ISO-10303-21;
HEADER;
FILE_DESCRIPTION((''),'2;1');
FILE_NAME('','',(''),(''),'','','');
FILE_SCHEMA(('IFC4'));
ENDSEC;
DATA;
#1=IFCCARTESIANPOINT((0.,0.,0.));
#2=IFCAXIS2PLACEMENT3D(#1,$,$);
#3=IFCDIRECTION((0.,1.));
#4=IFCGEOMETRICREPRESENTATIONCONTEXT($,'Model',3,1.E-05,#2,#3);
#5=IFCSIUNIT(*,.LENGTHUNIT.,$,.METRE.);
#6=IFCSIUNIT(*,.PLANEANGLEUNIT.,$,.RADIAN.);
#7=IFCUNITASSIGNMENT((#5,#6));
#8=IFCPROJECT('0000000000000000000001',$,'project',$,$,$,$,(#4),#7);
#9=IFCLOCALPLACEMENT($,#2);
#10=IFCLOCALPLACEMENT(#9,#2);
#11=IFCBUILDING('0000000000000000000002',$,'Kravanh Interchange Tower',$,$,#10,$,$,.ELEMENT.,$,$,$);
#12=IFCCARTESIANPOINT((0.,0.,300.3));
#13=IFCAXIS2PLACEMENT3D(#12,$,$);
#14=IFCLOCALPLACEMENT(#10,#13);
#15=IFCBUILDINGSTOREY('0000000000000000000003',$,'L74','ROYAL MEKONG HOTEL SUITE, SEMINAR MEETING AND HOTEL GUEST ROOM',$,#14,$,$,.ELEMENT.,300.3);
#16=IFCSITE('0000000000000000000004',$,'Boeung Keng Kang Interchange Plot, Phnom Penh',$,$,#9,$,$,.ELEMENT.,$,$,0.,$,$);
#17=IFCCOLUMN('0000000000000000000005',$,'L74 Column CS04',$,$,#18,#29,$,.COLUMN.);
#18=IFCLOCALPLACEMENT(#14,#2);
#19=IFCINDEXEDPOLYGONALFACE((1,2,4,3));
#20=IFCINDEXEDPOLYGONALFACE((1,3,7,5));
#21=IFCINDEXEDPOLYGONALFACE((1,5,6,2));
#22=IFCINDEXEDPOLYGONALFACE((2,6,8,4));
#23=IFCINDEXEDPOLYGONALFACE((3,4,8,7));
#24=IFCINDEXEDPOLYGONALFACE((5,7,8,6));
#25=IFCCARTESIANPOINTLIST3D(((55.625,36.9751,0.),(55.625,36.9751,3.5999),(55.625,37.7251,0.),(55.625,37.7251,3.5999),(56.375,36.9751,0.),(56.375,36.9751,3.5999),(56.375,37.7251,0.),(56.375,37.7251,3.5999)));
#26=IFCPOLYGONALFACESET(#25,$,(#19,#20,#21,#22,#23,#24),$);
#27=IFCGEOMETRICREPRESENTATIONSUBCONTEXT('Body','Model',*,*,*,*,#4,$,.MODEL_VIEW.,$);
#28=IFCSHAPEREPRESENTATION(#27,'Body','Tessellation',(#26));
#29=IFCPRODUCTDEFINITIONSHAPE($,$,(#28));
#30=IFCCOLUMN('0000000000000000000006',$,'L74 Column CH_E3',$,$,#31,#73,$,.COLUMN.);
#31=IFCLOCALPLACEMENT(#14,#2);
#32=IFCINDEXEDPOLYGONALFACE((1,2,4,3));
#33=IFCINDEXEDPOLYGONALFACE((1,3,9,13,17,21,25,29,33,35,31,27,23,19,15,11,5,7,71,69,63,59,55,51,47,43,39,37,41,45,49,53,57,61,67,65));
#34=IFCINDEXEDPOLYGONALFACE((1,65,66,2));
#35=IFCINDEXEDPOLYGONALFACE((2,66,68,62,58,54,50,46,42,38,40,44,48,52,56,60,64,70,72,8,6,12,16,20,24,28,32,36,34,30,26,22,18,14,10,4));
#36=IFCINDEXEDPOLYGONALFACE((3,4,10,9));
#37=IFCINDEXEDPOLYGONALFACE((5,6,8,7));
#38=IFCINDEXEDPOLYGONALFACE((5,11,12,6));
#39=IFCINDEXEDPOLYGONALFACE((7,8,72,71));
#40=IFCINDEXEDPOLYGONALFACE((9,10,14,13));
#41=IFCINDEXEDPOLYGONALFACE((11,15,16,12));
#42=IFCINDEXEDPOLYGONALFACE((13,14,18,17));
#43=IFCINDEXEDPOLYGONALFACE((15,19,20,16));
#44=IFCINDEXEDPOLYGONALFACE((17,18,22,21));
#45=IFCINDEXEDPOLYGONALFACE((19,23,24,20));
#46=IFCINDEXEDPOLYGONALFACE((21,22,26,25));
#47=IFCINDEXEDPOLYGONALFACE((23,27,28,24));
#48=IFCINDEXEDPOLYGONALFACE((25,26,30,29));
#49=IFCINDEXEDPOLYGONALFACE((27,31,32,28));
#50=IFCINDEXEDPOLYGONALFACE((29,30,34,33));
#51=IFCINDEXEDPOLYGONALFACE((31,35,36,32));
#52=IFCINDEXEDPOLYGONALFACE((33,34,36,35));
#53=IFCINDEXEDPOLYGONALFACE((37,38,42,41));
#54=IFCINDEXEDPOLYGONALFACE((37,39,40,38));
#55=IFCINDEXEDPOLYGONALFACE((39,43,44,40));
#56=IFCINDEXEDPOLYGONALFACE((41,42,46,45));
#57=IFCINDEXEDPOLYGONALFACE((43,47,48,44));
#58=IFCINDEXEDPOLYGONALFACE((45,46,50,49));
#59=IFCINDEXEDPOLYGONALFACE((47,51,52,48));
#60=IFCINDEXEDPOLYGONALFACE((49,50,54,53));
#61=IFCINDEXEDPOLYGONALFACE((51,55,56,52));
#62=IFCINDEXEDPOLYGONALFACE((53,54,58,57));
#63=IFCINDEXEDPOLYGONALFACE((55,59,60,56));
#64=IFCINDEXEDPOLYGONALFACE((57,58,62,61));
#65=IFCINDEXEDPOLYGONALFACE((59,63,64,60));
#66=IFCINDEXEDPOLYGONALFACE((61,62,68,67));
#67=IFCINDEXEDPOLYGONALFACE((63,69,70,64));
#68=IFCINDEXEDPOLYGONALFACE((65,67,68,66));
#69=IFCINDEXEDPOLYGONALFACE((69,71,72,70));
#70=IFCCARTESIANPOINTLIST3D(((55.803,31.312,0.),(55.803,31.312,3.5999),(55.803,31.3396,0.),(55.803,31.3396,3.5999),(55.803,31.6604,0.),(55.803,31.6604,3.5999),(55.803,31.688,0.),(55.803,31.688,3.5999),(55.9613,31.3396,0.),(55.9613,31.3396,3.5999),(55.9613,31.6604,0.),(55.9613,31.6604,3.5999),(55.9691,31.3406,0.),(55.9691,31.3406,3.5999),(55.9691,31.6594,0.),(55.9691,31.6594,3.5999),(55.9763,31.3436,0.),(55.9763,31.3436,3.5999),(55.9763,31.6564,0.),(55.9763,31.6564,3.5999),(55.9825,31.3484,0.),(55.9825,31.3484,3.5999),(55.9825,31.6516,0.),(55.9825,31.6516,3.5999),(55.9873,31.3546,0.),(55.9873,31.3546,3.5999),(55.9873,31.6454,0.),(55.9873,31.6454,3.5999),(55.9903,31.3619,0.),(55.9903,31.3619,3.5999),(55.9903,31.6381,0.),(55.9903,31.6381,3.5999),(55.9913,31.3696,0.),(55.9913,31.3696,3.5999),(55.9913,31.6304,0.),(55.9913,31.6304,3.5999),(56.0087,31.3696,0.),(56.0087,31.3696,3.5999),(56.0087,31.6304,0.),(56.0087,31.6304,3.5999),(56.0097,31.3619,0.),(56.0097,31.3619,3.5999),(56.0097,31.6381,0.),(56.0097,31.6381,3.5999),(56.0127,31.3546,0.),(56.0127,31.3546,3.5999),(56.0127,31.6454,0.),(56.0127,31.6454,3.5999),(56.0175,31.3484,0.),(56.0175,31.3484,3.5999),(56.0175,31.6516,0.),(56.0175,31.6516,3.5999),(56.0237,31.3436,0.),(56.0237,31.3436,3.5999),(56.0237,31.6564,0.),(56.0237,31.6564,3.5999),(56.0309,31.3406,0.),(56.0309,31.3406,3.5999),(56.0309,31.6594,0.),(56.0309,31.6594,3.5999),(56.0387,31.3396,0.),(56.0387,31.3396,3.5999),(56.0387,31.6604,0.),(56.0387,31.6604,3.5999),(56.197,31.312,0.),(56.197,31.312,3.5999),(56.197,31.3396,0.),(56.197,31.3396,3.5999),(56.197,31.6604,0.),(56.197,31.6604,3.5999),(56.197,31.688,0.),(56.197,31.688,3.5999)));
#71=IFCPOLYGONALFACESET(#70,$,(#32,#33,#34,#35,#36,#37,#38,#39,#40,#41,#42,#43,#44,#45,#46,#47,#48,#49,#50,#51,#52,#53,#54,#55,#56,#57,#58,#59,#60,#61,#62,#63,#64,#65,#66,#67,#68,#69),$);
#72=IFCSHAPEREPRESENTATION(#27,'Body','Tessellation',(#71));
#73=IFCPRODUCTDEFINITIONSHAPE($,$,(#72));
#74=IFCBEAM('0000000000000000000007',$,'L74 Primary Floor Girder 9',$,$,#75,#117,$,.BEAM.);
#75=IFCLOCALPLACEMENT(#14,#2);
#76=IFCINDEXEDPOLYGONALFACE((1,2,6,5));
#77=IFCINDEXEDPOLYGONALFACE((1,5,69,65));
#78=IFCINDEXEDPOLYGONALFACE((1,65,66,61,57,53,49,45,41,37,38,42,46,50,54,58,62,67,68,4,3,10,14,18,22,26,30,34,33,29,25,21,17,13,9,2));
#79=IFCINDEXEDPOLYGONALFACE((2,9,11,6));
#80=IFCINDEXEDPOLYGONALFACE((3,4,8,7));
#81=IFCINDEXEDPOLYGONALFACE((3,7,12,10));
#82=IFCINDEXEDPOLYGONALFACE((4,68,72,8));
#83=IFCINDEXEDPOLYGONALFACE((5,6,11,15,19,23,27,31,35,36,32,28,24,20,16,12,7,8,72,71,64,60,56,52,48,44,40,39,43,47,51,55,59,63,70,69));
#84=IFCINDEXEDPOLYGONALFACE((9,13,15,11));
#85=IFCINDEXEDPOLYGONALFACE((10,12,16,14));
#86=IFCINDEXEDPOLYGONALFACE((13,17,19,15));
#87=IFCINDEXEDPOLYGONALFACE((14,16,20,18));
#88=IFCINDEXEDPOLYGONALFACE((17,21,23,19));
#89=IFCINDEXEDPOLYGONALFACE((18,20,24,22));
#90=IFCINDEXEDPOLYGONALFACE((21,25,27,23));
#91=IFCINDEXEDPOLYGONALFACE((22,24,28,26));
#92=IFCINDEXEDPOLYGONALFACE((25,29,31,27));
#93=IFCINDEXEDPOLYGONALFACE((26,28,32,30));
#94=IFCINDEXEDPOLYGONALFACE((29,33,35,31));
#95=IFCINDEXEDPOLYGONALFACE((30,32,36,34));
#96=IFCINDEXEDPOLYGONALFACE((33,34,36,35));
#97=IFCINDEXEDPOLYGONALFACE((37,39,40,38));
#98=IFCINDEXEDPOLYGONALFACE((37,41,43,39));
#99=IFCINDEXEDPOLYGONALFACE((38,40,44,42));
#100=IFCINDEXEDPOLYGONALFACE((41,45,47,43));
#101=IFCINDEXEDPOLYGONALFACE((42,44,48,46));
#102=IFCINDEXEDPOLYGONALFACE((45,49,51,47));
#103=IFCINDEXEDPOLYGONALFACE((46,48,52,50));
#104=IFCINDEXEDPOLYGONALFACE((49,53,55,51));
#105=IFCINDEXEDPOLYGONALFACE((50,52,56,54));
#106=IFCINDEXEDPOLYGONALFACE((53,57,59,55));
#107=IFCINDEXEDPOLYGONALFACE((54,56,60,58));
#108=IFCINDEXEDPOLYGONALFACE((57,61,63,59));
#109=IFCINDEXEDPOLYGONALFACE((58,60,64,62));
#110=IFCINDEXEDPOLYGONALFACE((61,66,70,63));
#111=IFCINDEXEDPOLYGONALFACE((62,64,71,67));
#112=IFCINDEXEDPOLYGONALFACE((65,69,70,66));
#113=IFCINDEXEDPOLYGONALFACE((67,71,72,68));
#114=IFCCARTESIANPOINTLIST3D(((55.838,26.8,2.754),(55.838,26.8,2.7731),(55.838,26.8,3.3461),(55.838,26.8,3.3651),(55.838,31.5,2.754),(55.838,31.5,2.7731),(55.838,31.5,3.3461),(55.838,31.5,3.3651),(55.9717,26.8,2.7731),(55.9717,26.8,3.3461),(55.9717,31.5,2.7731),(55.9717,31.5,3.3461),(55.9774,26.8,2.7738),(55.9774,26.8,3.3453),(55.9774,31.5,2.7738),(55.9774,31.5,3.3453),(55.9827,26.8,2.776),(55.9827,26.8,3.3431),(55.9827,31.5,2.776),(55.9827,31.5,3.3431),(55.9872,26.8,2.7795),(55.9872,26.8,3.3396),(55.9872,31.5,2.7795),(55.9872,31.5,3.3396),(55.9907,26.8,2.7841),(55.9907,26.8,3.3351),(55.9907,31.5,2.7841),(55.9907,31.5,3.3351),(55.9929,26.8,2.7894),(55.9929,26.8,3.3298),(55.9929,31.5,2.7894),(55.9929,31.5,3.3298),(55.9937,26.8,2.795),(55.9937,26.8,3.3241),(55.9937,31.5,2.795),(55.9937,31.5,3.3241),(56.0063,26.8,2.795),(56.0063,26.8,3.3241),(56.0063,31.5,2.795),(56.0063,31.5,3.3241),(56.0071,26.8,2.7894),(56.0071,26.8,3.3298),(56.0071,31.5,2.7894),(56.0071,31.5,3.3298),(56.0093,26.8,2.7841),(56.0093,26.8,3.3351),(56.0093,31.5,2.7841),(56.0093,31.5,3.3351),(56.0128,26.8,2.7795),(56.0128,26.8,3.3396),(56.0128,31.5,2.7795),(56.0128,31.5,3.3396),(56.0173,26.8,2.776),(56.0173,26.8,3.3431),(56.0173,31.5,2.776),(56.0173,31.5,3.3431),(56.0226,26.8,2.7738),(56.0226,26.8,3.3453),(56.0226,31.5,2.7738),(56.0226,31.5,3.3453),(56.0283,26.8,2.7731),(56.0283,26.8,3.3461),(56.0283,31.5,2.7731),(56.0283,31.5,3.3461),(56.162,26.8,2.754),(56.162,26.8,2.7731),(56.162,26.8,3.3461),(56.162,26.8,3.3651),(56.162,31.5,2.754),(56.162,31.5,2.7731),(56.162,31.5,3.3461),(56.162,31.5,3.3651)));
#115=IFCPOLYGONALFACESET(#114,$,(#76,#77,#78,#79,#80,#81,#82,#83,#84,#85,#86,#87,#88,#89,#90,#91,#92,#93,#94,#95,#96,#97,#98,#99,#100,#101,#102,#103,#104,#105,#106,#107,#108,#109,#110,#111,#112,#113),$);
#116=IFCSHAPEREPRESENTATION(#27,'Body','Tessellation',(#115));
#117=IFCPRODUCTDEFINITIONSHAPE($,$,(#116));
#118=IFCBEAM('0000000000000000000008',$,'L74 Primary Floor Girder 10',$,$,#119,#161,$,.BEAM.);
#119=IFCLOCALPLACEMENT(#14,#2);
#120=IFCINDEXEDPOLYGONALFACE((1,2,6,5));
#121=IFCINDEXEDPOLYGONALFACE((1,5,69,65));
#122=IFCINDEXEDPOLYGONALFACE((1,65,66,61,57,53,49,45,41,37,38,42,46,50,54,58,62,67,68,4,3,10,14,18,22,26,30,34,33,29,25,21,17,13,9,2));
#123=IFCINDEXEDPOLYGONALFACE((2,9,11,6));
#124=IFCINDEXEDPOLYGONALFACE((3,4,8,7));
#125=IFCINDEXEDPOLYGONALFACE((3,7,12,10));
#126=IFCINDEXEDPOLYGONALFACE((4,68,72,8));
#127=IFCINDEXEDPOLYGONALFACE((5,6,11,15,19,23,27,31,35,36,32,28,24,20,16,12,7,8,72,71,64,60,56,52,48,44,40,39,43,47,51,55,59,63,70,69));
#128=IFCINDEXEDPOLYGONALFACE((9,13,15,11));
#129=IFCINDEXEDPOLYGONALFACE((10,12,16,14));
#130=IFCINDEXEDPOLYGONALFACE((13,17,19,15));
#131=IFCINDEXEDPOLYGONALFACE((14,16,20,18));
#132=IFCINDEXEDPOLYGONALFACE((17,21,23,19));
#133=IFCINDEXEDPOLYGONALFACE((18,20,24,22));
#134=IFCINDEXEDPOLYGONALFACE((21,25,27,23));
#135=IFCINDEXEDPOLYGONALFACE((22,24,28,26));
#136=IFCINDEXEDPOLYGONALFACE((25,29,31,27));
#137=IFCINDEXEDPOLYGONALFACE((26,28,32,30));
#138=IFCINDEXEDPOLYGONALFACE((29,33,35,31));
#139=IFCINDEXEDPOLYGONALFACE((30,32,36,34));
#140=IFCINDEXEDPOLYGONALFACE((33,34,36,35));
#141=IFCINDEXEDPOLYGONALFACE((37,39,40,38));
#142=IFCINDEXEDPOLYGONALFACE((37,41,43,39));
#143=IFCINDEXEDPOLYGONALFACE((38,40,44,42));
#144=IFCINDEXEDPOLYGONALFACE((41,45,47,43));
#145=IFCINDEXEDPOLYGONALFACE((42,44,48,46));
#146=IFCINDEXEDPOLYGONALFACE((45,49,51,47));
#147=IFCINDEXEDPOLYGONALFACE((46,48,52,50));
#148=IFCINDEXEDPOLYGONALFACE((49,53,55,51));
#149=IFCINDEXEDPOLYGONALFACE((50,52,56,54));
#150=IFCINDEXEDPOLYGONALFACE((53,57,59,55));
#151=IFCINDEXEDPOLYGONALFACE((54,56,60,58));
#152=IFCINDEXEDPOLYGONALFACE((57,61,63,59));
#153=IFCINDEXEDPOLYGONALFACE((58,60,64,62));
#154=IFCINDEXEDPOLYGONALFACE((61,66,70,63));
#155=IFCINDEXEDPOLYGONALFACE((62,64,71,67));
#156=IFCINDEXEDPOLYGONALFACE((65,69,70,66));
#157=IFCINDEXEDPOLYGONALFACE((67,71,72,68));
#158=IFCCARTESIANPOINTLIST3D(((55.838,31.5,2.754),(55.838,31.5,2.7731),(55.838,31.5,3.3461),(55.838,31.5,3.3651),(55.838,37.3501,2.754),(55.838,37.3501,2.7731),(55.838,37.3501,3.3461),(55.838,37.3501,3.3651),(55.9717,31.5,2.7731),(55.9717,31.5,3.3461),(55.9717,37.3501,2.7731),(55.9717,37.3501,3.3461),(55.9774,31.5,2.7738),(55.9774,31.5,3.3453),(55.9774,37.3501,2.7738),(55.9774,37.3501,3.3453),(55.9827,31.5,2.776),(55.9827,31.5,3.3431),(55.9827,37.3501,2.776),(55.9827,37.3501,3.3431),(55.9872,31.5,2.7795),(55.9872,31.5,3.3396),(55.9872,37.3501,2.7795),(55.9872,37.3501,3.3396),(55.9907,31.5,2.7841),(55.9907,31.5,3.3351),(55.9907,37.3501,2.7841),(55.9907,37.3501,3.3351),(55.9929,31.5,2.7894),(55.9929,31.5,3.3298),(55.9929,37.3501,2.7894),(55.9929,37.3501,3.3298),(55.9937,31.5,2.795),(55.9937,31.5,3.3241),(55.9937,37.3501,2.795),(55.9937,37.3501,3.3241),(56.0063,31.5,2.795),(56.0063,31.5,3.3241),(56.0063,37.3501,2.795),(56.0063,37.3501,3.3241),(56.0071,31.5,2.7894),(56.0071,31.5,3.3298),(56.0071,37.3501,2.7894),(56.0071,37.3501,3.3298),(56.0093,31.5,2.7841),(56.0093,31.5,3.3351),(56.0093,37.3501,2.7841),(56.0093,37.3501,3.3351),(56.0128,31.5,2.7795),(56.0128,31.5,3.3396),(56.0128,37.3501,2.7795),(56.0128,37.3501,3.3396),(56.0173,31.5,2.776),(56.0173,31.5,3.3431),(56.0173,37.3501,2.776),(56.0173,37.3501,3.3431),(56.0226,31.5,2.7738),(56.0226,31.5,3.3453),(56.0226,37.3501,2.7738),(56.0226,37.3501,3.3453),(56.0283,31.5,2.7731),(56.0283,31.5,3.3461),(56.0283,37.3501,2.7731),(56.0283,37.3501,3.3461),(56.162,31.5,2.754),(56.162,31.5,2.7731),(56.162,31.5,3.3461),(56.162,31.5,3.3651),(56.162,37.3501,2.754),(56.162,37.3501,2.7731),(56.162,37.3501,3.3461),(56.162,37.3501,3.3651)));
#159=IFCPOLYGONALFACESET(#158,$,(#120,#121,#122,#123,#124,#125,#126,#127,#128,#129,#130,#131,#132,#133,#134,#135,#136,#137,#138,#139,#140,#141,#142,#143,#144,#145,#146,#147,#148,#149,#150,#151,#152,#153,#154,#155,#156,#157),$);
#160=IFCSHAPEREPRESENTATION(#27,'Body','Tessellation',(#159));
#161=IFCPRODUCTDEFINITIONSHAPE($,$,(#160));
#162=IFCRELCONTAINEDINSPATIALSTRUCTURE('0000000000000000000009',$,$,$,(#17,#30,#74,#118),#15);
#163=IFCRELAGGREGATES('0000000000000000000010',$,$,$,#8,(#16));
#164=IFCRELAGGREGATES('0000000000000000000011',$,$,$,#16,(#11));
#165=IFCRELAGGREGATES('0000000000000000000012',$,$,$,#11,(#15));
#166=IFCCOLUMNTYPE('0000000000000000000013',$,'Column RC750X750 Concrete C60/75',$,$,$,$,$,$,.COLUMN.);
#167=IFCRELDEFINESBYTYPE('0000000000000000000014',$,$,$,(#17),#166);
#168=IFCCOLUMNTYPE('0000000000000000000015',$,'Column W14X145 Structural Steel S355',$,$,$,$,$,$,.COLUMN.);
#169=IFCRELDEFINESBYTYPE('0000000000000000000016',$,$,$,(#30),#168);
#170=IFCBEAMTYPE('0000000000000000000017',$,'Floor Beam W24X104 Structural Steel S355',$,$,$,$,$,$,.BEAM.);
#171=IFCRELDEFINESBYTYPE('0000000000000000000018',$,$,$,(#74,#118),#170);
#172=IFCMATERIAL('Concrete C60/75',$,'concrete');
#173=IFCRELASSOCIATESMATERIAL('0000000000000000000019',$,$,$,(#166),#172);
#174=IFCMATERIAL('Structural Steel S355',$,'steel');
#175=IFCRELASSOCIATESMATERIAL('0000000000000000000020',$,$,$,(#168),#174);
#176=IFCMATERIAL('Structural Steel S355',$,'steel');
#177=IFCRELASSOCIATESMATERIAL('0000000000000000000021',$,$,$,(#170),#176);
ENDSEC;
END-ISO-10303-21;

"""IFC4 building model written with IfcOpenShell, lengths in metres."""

from ifc_helpers import new_model, si_unit, direction, frame, origin, origin_2d, place, context, subcontext, project, spatial, rectangle, i_section, extrude, material, material_profile, profile_set, type_object, element, save


model = new_model("IFC4")

# Units and contexts
model_context = context("Model", 3, precision=1e-05, world=origin(), true_north=direction((0.0, 1.0)))
body_context = subcontext(model_context, "Body", "Model", "MODEL_VIEW")
ifc_project = project(units=[si_unit("LENGTHUNIT", "METRE"), si_unit("PLANEANGLEUNIT", "RADIAN")], contexts=[model_context])

# Site, building, storey
site_placement = place(None, origin())
site = spatial("IfcSite", under=ifc_project, at=site_placement, Name="Boeung Keng Kang Interchange Plot, Phnom Penh", CompositionType="ELEMENT", RefElevation=0.0)
building_placement = place(site_placement, origin())
building = spatial("IfcBuilding", under=site, at=building_placement, Name="Kravanh Interchange Tower", CompositionType="ELEMENT")
storey_placement = place(building_placement, frame((0.0, 0.0, 300.3)))
storey = spatial("IfcBuildingStorey", under=building, at=storey_placement, Name="L74", Description="ROYAL MEKONG HOTEL SUITE, SEMINAR MEETING AND HOTEL GUEST ROOM", CompositionType="ELEMENT", Elevation=300.3)

# Columns
ifc_material_1 = material(Name="Concrete C60/75", Category="concrete")
ifc_material_profile_1 = material_profile(ifc_material_1, rectangle(XDim=0.75, YDim=0.75, at=origin_2d()), Name="RC750X750")
ifc_profile_set_1 = profile_set([ifc_material_profile_1], Name="Concrete C60/75")
column_type_1 = type_object("IfcColumnType", Name="Column RC750X750 Concrete C60/75", PredefinedType="COLUMN", material=ifc_profile_set_1)
column_1_placement = place(storey_placement, frame((56.0, 37.3501, 0.0), z_axis=(0.0, 0.0, 1.0), x_axis=(1.0, 0.0, 0.0)))
element("IfcColumn", 1, at=column_1_placement, inside=storey, type_object=column_type_1, Name="L74 Column CS04", PredefinedType="COLUMN", context=body_context, shape_type="SweptSolid", body=[
    extrude(rectangle(XDim=0.75, YDim=0.75, at=origin_2d()), origin(), (0.0, 0.0, 1.0), 3.5999),
])
ifc_material_2 = material(Name="Structural Steel S355", Category="steel")
ifc_material_profile_2 = material_profile(ifc_material_2, i_section(OverallWidth=0.394, OverallDepth=0.376, WebThickness=0.0173, FlangeThickness=0.0276, FilletRadius=0.03, at=origin_2d()), Name="W14X145")
ifc_profile_set_2 = profile_set([ifc_material_profile_2], Name="Structural Steel S355")
column_type_2 = type_object("IfcColumnType", Name="Column W14X145 Structural Steel S355", PredefinedType="COLUMN", material=ifc_profile_set_2)
column_2_placement = place(storey_placement, frame((56.0, 31.5, 0.0), z_axis=(0.0, 0.0, 1.0), x_axis=(1.0, 0.0, 0.0)))
element("IfcColumn", 2, at=column_2_placement, inside=storey, type_object=column_type_2, Name="L74 Column CH_E3", PredefinedType="COLUMN", context=body_context, shape_type="SweptSolid", body=[
    extrude(i_section(OverallWidth=0.394, OverallDepth=0.376, WebThickness=0.0173, FlangeThickness=0.0276, FilletRadius=0.03, at=origin_2d()), origin(), (0.0, 0.0, 1.0), 3.5999),
])

# Beams
ifc_material_3 = material(Name="Structural Steel S355", Category="steel")
ifc_material_profile_3 = material_profile(ifc_material_3, i_section(OverallWidth=0.324, OverallDepth=0.6111, WebThickness=0.0127, FlangeThickness=0.019, FilletRadius=0.022, at=origin_2d()), Name="W24X104")
ifc_profile_set_3 = profile_set([ifc_material_profile_3], Name="Structural Steel S355")
beam_type_1 = type_object("IfcBeamType", Name="Floor Beam W24X104 Structural Steel S355", PredefinedType="BEAM", material=ifc_profile_set_3)
beam_1_placement = place(storey_placement, frame((56.0, 31.5, 3.0596), z_axis=(0.0, -1.0, 0.0), x_axis=(1.0, 0.0, 0.0)))
element("IfcBeam", 3, at=beam_1_placement, inside=storey, type_object=beam_type_1, Name="L74 Primary Floor Girder 9", PredefinedType="BEAM", context=body_context, shape_type="SweptSolid", body=[
    extrude(i_section(OverallWidth=0.324, OverallDepth=0.6111, WebThickness=0.0127, FlangeThickness=0.019, FilletRadius=0.022, at=origin_2d()), origin(), (0.0, 0.0, 1.0), 4.7),
])
beam_2_placement = place(storey_placement, frame((56.0, 31.5, 3.0596), z_axis=(0.0, 1.0, 0.0), x_axis=(-1.0, 0.0, 0.0)))
element("IfcBeam", 4, at=beam_2_placement, inside=storey, type_object=beam_type_1, Name="L74 Primary Floor Girder 10", PredefinedType="BEAM", context=body_context, shape_type="SweptSolid", body=[
    extrude(i_section(OverallWidth=0.324, OverallDepth=0.6111, WebThickness=0.0127, FlangeThickness=0.019, FilletRadius=0.022, at=origin_2d()), origin(), (0.0, 0.0, 1.0), 5.8501),
])

save(model, "model.ifc")
